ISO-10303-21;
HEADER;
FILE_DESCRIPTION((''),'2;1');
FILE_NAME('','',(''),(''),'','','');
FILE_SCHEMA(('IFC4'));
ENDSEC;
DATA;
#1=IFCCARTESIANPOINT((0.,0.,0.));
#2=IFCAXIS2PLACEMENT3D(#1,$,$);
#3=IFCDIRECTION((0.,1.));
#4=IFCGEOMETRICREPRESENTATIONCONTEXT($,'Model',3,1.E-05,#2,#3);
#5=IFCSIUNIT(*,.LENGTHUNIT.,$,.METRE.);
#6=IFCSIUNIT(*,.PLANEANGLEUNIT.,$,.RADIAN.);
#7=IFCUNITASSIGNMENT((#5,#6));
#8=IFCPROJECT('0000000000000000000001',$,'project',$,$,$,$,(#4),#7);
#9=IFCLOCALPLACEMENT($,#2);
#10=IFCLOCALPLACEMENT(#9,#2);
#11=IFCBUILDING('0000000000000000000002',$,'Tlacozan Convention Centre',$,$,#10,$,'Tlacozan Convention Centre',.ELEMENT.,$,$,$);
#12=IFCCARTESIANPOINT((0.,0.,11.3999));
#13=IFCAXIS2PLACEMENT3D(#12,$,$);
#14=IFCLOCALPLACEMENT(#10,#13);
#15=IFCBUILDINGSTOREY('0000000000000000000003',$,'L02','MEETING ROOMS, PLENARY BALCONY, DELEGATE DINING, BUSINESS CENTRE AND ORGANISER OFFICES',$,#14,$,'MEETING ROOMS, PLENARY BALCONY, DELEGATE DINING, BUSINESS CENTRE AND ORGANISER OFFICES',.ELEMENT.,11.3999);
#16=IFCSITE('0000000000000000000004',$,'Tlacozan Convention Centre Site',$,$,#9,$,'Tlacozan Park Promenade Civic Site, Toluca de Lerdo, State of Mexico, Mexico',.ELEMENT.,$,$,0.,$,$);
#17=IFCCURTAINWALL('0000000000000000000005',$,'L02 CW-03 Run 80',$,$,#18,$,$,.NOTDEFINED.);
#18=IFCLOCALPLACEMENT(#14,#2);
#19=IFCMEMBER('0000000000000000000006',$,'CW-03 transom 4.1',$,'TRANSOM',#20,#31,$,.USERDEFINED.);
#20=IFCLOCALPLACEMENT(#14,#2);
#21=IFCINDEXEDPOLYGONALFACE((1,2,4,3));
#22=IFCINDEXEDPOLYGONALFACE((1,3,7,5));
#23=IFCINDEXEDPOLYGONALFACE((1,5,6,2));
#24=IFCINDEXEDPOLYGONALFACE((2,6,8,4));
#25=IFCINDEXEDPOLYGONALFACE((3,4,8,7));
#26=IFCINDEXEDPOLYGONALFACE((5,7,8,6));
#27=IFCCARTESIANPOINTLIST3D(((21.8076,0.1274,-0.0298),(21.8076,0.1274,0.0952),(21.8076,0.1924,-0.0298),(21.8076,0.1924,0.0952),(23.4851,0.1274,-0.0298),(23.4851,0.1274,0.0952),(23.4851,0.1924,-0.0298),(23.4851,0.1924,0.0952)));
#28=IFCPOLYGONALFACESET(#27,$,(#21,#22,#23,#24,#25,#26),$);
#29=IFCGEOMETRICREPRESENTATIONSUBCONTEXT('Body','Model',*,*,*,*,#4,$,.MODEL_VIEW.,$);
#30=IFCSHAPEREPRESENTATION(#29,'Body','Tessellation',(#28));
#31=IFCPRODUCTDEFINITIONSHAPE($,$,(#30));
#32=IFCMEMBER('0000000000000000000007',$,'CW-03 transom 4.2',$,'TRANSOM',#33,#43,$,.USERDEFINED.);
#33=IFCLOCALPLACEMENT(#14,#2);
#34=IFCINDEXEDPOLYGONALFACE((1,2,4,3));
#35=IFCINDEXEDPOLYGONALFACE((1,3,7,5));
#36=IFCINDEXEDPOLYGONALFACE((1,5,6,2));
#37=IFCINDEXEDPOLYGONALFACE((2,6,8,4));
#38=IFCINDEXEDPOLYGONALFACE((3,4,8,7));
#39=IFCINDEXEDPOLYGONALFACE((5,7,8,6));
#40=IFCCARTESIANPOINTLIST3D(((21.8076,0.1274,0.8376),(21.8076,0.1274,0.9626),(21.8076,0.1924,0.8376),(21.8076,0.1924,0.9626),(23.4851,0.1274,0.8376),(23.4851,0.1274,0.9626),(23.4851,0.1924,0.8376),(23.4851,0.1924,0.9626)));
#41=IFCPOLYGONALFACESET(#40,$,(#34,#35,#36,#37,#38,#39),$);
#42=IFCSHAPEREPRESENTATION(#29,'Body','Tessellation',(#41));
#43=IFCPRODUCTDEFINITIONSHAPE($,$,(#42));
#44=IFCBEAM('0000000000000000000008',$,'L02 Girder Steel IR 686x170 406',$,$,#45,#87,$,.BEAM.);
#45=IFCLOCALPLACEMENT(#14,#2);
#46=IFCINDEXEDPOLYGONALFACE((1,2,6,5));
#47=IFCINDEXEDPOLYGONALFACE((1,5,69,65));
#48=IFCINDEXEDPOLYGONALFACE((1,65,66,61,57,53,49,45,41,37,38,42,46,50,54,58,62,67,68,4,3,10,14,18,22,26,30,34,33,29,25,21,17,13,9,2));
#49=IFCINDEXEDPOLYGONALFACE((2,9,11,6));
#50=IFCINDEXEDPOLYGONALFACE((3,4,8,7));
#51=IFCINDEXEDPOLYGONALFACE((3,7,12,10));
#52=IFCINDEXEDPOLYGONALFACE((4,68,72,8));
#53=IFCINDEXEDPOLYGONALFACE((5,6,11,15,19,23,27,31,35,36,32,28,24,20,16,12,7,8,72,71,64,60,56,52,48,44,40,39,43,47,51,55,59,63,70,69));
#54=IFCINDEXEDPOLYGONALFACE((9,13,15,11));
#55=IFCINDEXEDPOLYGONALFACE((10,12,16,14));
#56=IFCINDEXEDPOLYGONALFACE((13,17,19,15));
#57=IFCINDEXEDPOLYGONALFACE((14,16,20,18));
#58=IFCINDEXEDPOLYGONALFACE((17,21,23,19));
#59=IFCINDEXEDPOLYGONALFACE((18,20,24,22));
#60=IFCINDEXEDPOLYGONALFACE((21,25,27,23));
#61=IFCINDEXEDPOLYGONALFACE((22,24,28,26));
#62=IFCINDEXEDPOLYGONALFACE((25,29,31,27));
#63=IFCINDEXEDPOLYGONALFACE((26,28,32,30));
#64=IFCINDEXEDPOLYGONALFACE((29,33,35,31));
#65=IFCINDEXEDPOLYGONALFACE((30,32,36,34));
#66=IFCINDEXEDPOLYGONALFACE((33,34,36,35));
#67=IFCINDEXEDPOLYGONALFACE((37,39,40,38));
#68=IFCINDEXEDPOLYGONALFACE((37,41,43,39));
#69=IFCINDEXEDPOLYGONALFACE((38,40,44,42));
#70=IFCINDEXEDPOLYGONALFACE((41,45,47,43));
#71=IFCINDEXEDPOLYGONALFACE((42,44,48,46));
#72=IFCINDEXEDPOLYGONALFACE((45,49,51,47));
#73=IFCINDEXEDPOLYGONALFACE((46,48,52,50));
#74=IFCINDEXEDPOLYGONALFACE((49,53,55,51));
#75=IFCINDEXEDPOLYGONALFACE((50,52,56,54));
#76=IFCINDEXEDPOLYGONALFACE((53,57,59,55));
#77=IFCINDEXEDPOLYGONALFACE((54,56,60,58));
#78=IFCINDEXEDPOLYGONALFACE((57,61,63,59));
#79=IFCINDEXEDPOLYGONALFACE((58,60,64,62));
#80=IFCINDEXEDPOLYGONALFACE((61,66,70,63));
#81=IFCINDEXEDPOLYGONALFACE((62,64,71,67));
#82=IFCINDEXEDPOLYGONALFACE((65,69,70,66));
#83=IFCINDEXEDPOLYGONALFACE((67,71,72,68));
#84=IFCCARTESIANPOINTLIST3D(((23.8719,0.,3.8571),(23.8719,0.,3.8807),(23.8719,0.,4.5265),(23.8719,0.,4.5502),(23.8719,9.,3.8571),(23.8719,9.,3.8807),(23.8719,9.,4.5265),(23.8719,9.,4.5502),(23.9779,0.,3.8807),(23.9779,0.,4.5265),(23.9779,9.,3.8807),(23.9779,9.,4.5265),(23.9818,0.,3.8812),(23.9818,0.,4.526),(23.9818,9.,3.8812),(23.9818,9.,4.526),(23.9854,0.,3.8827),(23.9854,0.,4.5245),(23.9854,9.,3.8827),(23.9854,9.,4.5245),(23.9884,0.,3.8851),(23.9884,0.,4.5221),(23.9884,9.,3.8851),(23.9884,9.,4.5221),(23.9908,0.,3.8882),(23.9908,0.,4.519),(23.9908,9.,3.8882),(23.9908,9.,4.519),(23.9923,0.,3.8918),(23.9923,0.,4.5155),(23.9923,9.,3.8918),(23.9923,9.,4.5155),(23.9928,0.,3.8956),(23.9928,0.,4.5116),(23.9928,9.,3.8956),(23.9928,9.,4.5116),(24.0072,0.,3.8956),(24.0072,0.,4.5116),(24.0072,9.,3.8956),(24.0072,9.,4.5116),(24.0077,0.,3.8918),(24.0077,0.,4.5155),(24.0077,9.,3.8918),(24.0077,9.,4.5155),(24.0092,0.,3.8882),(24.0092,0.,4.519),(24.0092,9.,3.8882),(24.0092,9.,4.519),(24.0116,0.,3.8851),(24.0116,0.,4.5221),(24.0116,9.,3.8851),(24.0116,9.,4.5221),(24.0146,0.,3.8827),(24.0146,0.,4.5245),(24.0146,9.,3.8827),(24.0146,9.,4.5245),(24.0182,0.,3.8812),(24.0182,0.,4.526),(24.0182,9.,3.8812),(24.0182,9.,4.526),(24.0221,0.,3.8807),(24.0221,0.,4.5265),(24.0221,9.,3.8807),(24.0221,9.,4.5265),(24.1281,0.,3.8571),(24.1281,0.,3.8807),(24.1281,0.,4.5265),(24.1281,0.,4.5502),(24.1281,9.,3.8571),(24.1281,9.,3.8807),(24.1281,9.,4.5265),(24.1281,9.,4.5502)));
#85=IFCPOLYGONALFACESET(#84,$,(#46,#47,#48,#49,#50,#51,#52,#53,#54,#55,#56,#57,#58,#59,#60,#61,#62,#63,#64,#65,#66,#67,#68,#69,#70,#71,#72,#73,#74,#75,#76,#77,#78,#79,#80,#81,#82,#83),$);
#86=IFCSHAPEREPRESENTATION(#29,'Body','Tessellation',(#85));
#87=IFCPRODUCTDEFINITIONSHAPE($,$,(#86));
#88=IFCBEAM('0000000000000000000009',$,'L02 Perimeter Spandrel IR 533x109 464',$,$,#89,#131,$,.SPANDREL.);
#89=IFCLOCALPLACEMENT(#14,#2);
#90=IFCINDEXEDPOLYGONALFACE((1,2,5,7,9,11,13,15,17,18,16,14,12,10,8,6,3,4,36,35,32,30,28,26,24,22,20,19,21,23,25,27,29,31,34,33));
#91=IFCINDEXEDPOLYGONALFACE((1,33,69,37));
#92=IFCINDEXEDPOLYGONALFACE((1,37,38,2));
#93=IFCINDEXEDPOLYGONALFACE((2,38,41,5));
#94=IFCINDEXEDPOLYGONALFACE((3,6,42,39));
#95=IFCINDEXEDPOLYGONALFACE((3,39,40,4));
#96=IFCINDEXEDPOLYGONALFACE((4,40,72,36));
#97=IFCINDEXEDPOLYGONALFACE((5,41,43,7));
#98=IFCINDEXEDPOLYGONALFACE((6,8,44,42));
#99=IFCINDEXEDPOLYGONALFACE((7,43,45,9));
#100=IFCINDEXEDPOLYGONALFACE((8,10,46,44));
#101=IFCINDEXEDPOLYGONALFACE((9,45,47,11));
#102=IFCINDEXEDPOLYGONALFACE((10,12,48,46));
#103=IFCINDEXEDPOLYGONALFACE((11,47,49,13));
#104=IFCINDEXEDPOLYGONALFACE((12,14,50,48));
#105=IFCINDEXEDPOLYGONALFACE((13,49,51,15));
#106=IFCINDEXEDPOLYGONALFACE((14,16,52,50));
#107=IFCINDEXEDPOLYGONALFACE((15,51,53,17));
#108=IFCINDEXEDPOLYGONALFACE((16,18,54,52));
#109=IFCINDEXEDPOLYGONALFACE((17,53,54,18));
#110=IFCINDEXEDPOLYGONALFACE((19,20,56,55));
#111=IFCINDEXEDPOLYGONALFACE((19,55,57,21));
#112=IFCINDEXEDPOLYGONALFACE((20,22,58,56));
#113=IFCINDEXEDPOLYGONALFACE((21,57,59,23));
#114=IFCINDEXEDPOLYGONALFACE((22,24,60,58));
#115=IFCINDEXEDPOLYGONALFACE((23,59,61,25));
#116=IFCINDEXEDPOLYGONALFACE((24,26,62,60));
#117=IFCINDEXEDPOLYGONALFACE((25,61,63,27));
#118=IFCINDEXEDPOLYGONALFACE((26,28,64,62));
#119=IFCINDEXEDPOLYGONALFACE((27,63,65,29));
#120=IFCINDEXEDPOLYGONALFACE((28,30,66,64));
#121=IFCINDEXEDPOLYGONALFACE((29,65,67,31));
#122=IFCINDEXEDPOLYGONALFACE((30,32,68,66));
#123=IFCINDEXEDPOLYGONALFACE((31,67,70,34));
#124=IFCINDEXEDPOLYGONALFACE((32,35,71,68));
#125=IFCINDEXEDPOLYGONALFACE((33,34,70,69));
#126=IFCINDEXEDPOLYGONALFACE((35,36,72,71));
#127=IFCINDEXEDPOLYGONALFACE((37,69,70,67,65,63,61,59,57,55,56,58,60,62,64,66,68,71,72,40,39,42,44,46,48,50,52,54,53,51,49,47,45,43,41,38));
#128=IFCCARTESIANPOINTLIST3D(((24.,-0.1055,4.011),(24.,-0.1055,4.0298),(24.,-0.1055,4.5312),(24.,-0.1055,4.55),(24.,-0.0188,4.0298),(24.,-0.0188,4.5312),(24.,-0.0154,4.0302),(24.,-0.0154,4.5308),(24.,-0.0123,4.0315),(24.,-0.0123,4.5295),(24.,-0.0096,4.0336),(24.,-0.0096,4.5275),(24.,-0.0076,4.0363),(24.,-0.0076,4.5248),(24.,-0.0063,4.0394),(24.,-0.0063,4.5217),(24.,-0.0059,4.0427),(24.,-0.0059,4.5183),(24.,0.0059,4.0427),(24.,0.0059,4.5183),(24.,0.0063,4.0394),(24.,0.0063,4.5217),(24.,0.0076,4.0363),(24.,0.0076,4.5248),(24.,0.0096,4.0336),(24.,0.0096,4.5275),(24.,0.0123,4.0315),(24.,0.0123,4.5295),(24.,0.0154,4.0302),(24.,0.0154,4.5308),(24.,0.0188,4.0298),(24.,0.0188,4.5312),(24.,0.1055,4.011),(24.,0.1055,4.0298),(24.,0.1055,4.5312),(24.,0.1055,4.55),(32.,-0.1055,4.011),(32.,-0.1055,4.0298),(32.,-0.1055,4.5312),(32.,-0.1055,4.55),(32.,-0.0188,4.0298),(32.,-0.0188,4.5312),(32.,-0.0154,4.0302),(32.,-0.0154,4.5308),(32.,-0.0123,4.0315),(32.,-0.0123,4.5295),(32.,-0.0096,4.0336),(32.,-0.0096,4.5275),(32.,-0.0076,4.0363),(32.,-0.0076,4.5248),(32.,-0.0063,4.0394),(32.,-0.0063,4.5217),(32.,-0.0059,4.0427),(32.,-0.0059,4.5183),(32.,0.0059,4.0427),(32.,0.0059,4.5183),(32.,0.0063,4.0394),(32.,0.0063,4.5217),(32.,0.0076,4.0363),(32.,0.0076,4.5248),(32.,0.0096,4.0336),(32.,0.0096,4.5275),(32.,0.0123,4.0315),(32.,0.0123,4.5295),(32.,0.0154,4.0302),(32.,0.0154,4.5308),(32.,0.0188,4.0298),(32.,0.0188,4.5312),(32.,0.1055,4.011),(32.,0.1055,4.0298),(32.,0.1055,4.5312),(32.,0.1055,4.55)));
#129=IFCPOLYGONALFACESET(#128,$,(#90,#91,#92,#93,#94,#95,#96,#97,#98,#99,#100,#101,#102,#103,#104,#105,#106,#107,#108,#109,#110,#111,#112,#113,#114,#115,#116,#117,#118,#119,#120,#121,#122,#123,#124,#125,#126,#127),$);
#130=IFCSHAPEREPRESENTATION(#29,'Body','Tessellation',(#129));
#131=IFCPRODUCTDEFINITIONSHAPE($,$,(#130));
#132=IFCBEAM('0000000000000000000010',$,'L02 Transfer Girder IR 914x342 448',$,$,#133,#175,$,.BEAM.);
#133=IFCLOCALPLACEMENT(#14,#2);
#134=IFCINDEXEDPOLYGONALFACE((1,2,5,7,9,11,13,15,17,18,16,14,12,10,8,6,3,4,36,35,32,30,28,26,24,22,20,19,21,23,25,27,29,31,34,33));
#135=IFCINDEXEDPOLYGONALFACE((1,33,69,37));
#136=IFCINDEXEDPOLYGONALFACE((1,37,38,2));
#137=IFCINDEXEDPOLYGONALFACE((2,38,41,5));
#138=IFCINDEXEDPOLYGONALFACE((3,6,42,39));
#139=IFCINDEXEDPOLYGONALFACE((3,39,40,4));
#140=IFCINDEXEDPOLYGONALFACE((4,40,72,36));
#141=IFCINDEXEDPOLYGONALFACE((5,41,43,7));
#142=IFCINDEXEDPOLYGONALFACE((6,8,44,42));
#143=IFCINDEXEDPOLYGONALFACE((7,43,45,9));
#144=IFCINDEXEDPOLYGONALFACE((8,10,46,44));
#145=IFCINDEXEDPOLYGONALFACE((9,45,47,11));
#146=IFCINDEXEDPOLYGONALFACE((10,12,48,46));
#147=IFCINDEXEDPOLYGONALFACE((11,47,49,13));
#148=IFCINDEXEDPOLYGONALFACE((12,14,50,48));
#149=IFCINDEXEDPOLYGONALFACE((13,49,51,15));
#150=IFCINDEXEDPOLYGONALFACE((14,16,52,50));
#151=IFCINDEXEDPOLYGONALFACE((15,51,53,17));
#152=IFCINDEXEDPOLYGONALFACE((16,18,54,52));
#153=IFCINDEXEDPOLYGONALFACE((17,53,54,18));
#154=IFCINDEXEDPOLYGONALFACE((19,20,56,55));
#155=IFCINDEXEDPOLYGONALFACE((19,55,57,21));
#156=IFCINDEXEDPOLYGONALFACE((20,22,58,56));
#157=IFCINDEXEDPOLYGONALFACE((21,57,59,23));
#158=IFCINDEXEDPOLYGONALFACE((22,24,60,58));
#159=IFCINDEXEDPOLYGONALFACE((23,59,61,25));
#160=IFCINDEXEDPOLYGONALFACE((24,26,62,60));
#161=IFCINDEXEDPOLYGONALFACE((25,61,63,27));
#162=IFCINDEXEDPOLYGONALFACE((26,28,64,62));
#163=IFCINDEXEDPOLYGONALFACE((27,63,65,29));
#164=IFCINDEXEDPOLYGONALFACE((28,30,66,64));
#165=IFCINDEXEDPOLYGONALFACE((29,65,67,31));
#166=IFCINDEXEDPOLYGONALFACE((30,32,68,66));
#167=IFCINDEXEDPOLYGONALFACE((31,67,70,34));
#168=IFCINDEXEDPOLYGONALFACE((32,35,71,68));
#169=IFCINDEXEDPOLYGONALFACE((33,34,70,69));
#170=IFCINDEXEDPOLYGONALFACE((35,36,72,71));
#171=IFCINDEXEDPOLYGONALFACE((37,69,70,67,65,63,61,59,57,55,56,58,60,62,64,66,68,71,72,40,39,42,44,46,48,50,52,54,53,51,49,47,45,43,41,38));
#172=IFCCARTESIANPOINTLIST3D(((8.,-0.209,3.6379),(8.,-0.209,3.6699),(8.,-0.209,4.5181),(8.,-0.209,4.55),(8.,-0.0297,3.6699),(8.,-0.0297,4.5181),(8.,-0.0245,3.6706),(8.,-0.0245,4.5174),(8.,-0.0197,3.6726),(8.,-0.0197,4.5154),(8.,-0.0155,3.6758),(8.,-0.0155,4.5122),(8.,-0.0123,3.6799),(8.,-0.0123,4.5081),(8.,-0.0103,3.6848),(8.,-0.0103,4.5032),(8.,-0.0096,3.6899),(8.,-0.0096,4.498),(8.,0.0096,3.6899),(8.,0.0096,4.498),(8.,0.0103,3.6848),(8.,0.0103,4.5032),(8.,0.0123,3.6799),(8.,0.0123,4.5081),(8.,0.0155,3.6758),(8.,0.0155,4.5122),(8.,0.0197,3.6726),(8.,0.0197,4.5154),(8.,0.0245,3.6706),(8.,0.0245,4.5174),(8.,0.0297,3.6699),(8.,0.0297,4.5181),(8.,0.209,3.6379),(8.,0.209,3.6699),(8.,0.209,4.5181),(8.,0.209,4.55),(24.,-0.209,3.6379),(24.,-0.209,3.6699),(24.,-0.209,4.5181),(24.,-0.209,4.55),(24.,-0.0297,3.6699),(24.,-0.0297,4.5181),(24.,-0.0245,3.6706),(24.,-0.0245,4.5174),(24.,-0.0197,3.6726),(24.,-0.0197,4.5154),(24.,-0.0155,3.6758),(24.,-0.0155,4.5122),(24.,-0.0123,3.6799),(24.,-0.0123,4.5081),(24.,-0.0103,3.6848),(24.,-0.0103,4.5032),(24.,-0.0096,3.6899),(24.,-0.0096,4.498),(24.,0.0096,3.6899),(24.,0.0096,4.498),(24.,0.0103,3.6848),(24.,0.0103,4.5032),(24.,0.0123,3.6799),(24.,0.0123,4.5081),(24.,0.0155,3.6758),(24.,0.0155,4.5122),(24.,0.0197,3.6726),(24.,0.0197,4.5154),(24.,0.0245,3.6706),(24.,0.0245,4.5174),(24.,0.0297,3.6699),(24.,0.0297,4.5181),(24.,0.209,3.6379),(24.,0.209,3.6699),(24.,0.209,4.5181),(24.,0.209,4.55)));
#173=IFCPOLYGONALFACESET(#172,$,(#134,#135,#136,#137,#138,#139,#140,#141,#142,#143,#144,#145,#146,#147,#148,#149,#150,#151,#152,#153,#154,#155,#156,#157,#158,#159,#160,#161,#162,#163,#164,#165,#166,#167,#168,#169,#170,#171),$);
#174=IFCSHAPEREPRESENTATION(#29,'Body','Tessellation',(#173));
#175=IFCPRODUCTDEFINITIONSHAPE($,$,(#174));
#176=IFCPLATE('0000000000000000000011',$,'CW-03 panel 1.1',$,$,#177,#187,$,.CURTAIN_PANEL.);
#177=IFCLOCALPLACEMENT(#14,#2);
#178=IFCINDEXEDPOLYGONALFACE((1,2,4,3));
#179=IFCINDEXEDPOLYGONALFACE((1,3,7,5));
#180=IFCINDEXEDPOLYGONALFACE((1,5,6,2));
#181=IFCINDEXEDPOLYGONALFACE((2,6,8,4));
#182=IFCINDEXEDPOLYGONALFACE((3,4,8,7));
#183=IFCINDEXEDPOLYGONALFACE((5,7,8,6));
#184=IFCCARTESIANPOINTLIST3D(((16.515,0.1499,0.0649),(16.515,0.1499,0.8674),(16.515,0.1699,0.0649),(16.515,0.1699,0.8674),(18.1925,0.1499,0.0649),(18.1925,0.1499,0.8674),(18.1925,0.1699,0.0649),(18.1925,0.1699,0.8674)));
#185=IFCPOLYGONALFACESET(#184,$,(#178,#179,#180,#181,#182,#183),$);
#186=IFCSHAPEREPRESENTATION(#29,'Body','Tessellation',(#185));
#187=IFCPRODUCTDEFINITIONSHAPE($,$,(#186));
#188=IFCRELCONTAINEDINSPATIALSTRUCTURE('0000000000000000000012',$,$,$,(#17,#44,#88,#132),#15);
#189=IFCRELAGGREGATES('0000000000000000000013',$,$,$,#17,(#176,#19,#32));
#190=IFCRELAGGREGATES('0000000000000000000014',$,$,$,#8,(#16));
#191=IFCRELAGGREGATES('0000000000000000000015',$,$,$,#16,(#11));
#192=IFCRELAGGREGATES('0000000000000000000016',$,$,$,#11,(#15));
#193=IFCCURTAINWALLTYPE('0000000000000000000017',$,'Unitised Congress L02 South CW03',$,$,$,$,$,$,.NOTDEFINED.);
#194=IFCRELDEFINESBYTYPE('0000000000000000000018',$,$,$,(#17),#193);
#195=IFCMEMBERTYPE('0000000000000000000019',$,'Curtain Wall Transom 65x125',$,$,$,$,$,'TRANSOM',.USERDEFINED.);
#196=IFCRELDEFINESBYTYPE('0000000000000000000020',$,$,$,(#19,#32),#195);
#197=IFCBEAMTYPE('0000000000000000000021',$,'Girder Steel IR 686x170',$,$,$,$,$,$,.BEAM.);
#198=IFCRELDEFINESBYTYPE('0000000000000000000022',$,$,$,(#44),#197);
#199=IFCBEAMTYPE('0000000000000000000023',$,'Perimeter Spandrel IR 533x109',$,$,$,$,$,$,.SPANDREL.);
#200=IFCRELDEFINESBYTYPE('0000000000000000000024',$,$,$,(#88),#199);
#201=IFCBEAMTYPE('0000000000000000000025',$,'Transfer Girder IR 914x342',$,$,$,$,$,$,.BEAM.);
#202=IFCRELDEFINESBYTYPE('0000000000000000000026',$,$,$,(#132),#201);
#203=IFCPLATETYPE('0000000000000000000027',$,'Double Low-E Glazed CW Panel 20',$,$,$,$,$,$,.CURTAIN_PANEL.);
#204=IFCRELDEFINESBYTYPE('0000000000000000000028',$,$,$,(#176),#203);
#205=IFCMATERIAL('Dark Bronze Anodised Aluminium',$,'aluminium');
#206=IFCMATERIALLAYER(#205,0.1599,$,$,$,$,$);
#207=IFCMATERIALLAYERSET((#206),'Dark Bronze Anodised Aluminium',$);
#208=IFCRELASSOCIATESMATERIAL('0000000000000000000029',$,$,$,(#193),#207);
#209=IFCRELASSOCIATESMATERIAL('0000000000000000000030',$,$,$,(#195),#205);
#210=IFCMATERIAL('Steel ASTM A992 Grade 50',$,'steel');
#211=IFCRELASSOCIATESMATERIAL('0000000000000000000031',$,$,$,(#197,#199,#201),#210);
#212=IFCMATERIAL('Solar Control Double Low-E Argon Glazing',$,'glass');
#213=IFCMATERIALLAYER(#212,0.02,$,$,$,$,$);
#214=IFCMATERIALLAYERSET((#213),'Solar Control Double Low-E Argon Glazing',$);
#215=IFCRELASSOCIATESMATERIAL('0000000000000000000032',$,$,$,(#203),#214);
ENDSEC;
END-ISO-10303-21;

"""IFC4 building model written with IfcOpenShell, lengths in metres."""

from ifc_helpers import new_model, si_unit, direction, frame, origin, origin_2d, place, context, subcontext, project, spatial, rectangle, i_section, extrude, material, layer, layer_set, material_profile, profile_set, type_object, element, aggregate, save


model = new_model("IFC4")

# Units and contexts
model_context = context("Model", 3, precision=1e-05, world=origin(), true_north=direction((0.0, 1.0)))
body_context = subcontext(model_context, "Body", "Model", "MODEL_VIEW")
ifc_project = project(units=[si_unit("LENGTHUNIT", "METRE"), si_unit("PLANEANGLEUNIT", "RADIAN")], contexts=[model_context])

# Site, building, storey
site_placement = place(None, origin())
site = spatial("IfcSite", under=ifc_project, at=site_placement, Name="Tlacozan Convention Centre Site", LongName="Tlacozan Park Promenade Civic Site, Toluca de Lerdo, State of Mexico, Mexico", CompositionType="ELEMENT", RefElevation=0.0)
building_placement = place(site_placement, origin())
building = spatial("IfcBuilding", under=site, at=building_placement, Name="Tlacozan Convention Centre", LongName="Tlacozan Convention Centre", CompositionType="ELEMENT")
storey_placement = place(building_placement, frame((0.0, 0.0, 11.3999)))
storey = spatial("IfcBuildingStorey", under=building, at=storey_placement, Name="L02", Description="MEETING ROOMS, PLENARY BALCONY, DELEGATE DINING, BUSINESS CENTRE AND ORGANISER OFFICES", LongName="MEETING ROOMS, PLENARY BALCONY, DELEGATE DINING, BUSINESS CENTRE AND ORGANISER OFFICES", CompositionType="ELEMENT", Elevation=11.3999)

# Curtain wall, members
ifc_material_1 = material(Name="Dark Bronze Anodised Aluminium", Category="aluminium")
ifc_layer_1 = layer(ifc_material_1, 0.1599)
ifc_layer_set_1 = layer_set([ifc_layer_1], Name="Dark Bronze Anodised Aluminium")
curtain_wall_type = type_object("IfcCurtainWallType", Name="Unitised Congress L02 South CW03", PredefinedType="NOTDEFINED", material=ifc_layer_set_1)
curtain_wall_placement = place(storey_placement, origin())
curtain_wall = element("IfcCurtainWall", 1, at=curtain_wall_placement, inside=storey, type_object=curtain_wall_type, Name="L02 CW-03 Run 80", PredefinedType="NOTDEFINED")
ifc_material_profile_1 = material_profile(ifc_material_1, rectangle(XDim=0.0649, YDim=0.125, at=origin_2d()), Name="ALU 65x125")
ifc_profile_set_1 = profile_set([ifc_material_profile_1], Name="Dark Bronze Anodised Aluminium")
member_type_1 = type_object("IfcMemberType", Name="Curtain Wall Transom 65x125", ElementType="TRANSOM", PredefinedType="USERDEFINED", material=ifc_profile_set_1)
member_1_placement = place(storey_placement, frame((21.8076, 0.1599, 0.0327), z_axis=(1.0, 0.0, 0.0), x_axis=(0.0, 1.0, 0.0)))
member_1 = element("IfcMember", 2, at=member_1_placement, type_object=member_type_1, Name="CW-03 transom 4.1", ObjectType="TRANSOM", PredefinedType="USERDEFINED", context=body_context, shape_type="SweptSolid", body=[
    extrude(rectangle(XDim=0.0649, YDim=0.125, at=origin_2d()), origin(), (0.0, 0.0, 1.0), 1.6775),
])
member_2_placement = place(storey_placement, frame((21.8076, 0.1599, 0.9001), z_axis=(1.0, 0.0, 0.0), x_axis=(0.0, 1.0, 0.0)))
member_2 = element("IfcMember", 3, at=member_2_placement, type_object=member_type_1, Name="CW-03 transom 4.2", ObjectType="TRANSOM", PredefinedType="USERDEFINED", context=body_context, shape_type="SweptSolid", body=[
    extrude(rectangle(XDim=0.0649, YDim=0.125, at=origin_2d()), origin(), (0.0, 0.0, 1.0), 1.6775),
])

# Beams
ifc_material_2 = material(Name="Steel ASTM A992 Grade 50", Category="steel")
ifc_material_profile_2 = material_profile(ifc_material_2, i_section(OverallWidth=0.2561, OverallDepth=0.6931, WebThickness=0.0144, FlangeThickness=0.0237, FilletRadius=0.0149, at=origin_2d()), Name="IR 686x170.0")
ifc_profile_set_2 = profile_set([ifc_material_profile_2], Name="Steel ASTM A992 Grade 50")
beam_type_1 = type_object("IfcBeamType", Name="Girder Steel IR 686x170", PredefinedType="BEAM", material=ifc_profile_set_2)
beam_1_placement = place(storey_placement, frame((24.0, 0.0, 4.2036), z_axis=(0.0, 1.0, 0.0), x_axis=(-1.0, 0.0, 0.0)))
element("IfcBeam", 4, at=beam_1_placement, inside=storey, type_object=beam_type_1, Name="L02 Girder Steel IR 686x170 406", PredefinedType="BEAM", context=body_context, shape_type="SweptSolid", body=[
    extrude(i_section(OverallWidth=0.2561, OverallDepth=0.6931, WebThickness=0.0144, FlangeThickness=0.0237, FilletRadius=0.0149, at=origin_2d()), origin(), (0.0, 0.0, 1.0), 9.0),
])
ifc_material_profile_3 = material_profile(ifc_material_2, i_section(OverallWidth=0.2109, OverallDepth=0.5391, WebThickness=0.0117, FlangeThickness=0.0188, FilletRadius=0.0129, at=origin_2d()), Name="IR 533x109.0")
ifc_profile_set_3 = profile_set([ifc_material_profile_3], Name="Steel ASTM A992 Grade 50")
beam_type_2 = type_object("IfcBeamType", Name="Perimeter Spandrel IR 533x109", PredefinedType="SPANDREL", material=ifc_profile_set_3)
beam_2_placement = place(storey_placement, frame((24.0, 0.0, 4.2805), z_axis=(1.0, 0.0, 0.0), x_axis=(0.0, 1.0, 0.0)))
element("IfcBeam", 5, at=beam_2_placement, inside=storey, type_object=beam_type_2, Name="L02 Perimeter Spandrel IR 533x109 464", PredefinedType="SPANDREL", context=body_context, shape_type="SweptSolid", body=[
    extrude(i_section(OverallWidth=0.2109, OverallDepth=0.5391, WebThickness=0.0117, FlangeThickness=0.0188, FilletRadius=0.0129, at=origin_2d()), origin(), (0.0, 0.0, 1.0), 8.0),
])
ifc_material_profile_4 = material_profile(ifc_material_2, i_section(OverallWidth=0.418, OverallDepth=0.9121, WebThickness=0.0193, FlangeThickness=0.032, FilletRadius=0.02, at=origin_2d()), Name="IR 914x342.0")
ifc_profile_set_4 = profile_set([ifc_material_profile_4], Name="Steel ASTM A992 Grade 50")
beam_type_3 = type_object("IfcBeamType", Name="Transfer Girder IR 914x342", PredefinedType="BEAM", material=ifc_profile_set_4)
beam_3_placement = place(storey_placement, frame((24.0, 0.0, 4.094), z_axis=(-1.0, 0.0, 0.0), x_axis=(0.0, -1.0, 0.0)))
element("IfcBeam", 6, at=beam_3_placement, inside=storey, type_object=beam_type_3, Name="L02 Transfer Girder IR 914x342 448", PredefinedType="BEAM", context=body_context, shape_type="SweptSolid", body=[
    extrude(i_section(OverallWidth=0.418, OverallDepth=0.9121, WebThickness=0.0193, FlangeThickness=0.032, FilletRadius=0.02, at=origin_2d()), origin(), (0.0, 0.0, 1.0), 16.0),
])

# Plate
ifc_material_3 = material(Name="Solar Control Double Low-E Argon Glazing", Category="glass")
ifc_layer_2 = layer(ifc_material_3, 0.02)
ifc_layer_set_2 = layer_set([ifc_layer_2], Name="Solar Control Double Low-E Argon Glazing")
plate_type = type_object("IfcPlateType", Name="Double Low-E Glazed CW Panel 20", PredefinedType="CURTAIN_PANEL", material=ifc_layer_set_2)
plate_1_placement = place(storey_placement, frame((17.3538, 0.1599, 0.0649), z_axis=(0.0, 0.0, 1.0), x_axis=(1.0, 0.0, 0.0)))
plate_1 = element("IfcPlate", 7, at=plate_1_placement, type_object=plate_type, Name="CW-03 panel 1.1", PredefinedType="CURTAIN_PANEL", context=body_context, shape_type="SweptSolid", body=[
    extrude(rectangle(XDim=1.6775, YDim=0.02, at=origin_2d()), origin(), (0.0, 0.0, 1.0), 0.8025),
])
aggregate(curtain_wall, [plate_1, member_1, member_2])

save(model, "model.ifc")
